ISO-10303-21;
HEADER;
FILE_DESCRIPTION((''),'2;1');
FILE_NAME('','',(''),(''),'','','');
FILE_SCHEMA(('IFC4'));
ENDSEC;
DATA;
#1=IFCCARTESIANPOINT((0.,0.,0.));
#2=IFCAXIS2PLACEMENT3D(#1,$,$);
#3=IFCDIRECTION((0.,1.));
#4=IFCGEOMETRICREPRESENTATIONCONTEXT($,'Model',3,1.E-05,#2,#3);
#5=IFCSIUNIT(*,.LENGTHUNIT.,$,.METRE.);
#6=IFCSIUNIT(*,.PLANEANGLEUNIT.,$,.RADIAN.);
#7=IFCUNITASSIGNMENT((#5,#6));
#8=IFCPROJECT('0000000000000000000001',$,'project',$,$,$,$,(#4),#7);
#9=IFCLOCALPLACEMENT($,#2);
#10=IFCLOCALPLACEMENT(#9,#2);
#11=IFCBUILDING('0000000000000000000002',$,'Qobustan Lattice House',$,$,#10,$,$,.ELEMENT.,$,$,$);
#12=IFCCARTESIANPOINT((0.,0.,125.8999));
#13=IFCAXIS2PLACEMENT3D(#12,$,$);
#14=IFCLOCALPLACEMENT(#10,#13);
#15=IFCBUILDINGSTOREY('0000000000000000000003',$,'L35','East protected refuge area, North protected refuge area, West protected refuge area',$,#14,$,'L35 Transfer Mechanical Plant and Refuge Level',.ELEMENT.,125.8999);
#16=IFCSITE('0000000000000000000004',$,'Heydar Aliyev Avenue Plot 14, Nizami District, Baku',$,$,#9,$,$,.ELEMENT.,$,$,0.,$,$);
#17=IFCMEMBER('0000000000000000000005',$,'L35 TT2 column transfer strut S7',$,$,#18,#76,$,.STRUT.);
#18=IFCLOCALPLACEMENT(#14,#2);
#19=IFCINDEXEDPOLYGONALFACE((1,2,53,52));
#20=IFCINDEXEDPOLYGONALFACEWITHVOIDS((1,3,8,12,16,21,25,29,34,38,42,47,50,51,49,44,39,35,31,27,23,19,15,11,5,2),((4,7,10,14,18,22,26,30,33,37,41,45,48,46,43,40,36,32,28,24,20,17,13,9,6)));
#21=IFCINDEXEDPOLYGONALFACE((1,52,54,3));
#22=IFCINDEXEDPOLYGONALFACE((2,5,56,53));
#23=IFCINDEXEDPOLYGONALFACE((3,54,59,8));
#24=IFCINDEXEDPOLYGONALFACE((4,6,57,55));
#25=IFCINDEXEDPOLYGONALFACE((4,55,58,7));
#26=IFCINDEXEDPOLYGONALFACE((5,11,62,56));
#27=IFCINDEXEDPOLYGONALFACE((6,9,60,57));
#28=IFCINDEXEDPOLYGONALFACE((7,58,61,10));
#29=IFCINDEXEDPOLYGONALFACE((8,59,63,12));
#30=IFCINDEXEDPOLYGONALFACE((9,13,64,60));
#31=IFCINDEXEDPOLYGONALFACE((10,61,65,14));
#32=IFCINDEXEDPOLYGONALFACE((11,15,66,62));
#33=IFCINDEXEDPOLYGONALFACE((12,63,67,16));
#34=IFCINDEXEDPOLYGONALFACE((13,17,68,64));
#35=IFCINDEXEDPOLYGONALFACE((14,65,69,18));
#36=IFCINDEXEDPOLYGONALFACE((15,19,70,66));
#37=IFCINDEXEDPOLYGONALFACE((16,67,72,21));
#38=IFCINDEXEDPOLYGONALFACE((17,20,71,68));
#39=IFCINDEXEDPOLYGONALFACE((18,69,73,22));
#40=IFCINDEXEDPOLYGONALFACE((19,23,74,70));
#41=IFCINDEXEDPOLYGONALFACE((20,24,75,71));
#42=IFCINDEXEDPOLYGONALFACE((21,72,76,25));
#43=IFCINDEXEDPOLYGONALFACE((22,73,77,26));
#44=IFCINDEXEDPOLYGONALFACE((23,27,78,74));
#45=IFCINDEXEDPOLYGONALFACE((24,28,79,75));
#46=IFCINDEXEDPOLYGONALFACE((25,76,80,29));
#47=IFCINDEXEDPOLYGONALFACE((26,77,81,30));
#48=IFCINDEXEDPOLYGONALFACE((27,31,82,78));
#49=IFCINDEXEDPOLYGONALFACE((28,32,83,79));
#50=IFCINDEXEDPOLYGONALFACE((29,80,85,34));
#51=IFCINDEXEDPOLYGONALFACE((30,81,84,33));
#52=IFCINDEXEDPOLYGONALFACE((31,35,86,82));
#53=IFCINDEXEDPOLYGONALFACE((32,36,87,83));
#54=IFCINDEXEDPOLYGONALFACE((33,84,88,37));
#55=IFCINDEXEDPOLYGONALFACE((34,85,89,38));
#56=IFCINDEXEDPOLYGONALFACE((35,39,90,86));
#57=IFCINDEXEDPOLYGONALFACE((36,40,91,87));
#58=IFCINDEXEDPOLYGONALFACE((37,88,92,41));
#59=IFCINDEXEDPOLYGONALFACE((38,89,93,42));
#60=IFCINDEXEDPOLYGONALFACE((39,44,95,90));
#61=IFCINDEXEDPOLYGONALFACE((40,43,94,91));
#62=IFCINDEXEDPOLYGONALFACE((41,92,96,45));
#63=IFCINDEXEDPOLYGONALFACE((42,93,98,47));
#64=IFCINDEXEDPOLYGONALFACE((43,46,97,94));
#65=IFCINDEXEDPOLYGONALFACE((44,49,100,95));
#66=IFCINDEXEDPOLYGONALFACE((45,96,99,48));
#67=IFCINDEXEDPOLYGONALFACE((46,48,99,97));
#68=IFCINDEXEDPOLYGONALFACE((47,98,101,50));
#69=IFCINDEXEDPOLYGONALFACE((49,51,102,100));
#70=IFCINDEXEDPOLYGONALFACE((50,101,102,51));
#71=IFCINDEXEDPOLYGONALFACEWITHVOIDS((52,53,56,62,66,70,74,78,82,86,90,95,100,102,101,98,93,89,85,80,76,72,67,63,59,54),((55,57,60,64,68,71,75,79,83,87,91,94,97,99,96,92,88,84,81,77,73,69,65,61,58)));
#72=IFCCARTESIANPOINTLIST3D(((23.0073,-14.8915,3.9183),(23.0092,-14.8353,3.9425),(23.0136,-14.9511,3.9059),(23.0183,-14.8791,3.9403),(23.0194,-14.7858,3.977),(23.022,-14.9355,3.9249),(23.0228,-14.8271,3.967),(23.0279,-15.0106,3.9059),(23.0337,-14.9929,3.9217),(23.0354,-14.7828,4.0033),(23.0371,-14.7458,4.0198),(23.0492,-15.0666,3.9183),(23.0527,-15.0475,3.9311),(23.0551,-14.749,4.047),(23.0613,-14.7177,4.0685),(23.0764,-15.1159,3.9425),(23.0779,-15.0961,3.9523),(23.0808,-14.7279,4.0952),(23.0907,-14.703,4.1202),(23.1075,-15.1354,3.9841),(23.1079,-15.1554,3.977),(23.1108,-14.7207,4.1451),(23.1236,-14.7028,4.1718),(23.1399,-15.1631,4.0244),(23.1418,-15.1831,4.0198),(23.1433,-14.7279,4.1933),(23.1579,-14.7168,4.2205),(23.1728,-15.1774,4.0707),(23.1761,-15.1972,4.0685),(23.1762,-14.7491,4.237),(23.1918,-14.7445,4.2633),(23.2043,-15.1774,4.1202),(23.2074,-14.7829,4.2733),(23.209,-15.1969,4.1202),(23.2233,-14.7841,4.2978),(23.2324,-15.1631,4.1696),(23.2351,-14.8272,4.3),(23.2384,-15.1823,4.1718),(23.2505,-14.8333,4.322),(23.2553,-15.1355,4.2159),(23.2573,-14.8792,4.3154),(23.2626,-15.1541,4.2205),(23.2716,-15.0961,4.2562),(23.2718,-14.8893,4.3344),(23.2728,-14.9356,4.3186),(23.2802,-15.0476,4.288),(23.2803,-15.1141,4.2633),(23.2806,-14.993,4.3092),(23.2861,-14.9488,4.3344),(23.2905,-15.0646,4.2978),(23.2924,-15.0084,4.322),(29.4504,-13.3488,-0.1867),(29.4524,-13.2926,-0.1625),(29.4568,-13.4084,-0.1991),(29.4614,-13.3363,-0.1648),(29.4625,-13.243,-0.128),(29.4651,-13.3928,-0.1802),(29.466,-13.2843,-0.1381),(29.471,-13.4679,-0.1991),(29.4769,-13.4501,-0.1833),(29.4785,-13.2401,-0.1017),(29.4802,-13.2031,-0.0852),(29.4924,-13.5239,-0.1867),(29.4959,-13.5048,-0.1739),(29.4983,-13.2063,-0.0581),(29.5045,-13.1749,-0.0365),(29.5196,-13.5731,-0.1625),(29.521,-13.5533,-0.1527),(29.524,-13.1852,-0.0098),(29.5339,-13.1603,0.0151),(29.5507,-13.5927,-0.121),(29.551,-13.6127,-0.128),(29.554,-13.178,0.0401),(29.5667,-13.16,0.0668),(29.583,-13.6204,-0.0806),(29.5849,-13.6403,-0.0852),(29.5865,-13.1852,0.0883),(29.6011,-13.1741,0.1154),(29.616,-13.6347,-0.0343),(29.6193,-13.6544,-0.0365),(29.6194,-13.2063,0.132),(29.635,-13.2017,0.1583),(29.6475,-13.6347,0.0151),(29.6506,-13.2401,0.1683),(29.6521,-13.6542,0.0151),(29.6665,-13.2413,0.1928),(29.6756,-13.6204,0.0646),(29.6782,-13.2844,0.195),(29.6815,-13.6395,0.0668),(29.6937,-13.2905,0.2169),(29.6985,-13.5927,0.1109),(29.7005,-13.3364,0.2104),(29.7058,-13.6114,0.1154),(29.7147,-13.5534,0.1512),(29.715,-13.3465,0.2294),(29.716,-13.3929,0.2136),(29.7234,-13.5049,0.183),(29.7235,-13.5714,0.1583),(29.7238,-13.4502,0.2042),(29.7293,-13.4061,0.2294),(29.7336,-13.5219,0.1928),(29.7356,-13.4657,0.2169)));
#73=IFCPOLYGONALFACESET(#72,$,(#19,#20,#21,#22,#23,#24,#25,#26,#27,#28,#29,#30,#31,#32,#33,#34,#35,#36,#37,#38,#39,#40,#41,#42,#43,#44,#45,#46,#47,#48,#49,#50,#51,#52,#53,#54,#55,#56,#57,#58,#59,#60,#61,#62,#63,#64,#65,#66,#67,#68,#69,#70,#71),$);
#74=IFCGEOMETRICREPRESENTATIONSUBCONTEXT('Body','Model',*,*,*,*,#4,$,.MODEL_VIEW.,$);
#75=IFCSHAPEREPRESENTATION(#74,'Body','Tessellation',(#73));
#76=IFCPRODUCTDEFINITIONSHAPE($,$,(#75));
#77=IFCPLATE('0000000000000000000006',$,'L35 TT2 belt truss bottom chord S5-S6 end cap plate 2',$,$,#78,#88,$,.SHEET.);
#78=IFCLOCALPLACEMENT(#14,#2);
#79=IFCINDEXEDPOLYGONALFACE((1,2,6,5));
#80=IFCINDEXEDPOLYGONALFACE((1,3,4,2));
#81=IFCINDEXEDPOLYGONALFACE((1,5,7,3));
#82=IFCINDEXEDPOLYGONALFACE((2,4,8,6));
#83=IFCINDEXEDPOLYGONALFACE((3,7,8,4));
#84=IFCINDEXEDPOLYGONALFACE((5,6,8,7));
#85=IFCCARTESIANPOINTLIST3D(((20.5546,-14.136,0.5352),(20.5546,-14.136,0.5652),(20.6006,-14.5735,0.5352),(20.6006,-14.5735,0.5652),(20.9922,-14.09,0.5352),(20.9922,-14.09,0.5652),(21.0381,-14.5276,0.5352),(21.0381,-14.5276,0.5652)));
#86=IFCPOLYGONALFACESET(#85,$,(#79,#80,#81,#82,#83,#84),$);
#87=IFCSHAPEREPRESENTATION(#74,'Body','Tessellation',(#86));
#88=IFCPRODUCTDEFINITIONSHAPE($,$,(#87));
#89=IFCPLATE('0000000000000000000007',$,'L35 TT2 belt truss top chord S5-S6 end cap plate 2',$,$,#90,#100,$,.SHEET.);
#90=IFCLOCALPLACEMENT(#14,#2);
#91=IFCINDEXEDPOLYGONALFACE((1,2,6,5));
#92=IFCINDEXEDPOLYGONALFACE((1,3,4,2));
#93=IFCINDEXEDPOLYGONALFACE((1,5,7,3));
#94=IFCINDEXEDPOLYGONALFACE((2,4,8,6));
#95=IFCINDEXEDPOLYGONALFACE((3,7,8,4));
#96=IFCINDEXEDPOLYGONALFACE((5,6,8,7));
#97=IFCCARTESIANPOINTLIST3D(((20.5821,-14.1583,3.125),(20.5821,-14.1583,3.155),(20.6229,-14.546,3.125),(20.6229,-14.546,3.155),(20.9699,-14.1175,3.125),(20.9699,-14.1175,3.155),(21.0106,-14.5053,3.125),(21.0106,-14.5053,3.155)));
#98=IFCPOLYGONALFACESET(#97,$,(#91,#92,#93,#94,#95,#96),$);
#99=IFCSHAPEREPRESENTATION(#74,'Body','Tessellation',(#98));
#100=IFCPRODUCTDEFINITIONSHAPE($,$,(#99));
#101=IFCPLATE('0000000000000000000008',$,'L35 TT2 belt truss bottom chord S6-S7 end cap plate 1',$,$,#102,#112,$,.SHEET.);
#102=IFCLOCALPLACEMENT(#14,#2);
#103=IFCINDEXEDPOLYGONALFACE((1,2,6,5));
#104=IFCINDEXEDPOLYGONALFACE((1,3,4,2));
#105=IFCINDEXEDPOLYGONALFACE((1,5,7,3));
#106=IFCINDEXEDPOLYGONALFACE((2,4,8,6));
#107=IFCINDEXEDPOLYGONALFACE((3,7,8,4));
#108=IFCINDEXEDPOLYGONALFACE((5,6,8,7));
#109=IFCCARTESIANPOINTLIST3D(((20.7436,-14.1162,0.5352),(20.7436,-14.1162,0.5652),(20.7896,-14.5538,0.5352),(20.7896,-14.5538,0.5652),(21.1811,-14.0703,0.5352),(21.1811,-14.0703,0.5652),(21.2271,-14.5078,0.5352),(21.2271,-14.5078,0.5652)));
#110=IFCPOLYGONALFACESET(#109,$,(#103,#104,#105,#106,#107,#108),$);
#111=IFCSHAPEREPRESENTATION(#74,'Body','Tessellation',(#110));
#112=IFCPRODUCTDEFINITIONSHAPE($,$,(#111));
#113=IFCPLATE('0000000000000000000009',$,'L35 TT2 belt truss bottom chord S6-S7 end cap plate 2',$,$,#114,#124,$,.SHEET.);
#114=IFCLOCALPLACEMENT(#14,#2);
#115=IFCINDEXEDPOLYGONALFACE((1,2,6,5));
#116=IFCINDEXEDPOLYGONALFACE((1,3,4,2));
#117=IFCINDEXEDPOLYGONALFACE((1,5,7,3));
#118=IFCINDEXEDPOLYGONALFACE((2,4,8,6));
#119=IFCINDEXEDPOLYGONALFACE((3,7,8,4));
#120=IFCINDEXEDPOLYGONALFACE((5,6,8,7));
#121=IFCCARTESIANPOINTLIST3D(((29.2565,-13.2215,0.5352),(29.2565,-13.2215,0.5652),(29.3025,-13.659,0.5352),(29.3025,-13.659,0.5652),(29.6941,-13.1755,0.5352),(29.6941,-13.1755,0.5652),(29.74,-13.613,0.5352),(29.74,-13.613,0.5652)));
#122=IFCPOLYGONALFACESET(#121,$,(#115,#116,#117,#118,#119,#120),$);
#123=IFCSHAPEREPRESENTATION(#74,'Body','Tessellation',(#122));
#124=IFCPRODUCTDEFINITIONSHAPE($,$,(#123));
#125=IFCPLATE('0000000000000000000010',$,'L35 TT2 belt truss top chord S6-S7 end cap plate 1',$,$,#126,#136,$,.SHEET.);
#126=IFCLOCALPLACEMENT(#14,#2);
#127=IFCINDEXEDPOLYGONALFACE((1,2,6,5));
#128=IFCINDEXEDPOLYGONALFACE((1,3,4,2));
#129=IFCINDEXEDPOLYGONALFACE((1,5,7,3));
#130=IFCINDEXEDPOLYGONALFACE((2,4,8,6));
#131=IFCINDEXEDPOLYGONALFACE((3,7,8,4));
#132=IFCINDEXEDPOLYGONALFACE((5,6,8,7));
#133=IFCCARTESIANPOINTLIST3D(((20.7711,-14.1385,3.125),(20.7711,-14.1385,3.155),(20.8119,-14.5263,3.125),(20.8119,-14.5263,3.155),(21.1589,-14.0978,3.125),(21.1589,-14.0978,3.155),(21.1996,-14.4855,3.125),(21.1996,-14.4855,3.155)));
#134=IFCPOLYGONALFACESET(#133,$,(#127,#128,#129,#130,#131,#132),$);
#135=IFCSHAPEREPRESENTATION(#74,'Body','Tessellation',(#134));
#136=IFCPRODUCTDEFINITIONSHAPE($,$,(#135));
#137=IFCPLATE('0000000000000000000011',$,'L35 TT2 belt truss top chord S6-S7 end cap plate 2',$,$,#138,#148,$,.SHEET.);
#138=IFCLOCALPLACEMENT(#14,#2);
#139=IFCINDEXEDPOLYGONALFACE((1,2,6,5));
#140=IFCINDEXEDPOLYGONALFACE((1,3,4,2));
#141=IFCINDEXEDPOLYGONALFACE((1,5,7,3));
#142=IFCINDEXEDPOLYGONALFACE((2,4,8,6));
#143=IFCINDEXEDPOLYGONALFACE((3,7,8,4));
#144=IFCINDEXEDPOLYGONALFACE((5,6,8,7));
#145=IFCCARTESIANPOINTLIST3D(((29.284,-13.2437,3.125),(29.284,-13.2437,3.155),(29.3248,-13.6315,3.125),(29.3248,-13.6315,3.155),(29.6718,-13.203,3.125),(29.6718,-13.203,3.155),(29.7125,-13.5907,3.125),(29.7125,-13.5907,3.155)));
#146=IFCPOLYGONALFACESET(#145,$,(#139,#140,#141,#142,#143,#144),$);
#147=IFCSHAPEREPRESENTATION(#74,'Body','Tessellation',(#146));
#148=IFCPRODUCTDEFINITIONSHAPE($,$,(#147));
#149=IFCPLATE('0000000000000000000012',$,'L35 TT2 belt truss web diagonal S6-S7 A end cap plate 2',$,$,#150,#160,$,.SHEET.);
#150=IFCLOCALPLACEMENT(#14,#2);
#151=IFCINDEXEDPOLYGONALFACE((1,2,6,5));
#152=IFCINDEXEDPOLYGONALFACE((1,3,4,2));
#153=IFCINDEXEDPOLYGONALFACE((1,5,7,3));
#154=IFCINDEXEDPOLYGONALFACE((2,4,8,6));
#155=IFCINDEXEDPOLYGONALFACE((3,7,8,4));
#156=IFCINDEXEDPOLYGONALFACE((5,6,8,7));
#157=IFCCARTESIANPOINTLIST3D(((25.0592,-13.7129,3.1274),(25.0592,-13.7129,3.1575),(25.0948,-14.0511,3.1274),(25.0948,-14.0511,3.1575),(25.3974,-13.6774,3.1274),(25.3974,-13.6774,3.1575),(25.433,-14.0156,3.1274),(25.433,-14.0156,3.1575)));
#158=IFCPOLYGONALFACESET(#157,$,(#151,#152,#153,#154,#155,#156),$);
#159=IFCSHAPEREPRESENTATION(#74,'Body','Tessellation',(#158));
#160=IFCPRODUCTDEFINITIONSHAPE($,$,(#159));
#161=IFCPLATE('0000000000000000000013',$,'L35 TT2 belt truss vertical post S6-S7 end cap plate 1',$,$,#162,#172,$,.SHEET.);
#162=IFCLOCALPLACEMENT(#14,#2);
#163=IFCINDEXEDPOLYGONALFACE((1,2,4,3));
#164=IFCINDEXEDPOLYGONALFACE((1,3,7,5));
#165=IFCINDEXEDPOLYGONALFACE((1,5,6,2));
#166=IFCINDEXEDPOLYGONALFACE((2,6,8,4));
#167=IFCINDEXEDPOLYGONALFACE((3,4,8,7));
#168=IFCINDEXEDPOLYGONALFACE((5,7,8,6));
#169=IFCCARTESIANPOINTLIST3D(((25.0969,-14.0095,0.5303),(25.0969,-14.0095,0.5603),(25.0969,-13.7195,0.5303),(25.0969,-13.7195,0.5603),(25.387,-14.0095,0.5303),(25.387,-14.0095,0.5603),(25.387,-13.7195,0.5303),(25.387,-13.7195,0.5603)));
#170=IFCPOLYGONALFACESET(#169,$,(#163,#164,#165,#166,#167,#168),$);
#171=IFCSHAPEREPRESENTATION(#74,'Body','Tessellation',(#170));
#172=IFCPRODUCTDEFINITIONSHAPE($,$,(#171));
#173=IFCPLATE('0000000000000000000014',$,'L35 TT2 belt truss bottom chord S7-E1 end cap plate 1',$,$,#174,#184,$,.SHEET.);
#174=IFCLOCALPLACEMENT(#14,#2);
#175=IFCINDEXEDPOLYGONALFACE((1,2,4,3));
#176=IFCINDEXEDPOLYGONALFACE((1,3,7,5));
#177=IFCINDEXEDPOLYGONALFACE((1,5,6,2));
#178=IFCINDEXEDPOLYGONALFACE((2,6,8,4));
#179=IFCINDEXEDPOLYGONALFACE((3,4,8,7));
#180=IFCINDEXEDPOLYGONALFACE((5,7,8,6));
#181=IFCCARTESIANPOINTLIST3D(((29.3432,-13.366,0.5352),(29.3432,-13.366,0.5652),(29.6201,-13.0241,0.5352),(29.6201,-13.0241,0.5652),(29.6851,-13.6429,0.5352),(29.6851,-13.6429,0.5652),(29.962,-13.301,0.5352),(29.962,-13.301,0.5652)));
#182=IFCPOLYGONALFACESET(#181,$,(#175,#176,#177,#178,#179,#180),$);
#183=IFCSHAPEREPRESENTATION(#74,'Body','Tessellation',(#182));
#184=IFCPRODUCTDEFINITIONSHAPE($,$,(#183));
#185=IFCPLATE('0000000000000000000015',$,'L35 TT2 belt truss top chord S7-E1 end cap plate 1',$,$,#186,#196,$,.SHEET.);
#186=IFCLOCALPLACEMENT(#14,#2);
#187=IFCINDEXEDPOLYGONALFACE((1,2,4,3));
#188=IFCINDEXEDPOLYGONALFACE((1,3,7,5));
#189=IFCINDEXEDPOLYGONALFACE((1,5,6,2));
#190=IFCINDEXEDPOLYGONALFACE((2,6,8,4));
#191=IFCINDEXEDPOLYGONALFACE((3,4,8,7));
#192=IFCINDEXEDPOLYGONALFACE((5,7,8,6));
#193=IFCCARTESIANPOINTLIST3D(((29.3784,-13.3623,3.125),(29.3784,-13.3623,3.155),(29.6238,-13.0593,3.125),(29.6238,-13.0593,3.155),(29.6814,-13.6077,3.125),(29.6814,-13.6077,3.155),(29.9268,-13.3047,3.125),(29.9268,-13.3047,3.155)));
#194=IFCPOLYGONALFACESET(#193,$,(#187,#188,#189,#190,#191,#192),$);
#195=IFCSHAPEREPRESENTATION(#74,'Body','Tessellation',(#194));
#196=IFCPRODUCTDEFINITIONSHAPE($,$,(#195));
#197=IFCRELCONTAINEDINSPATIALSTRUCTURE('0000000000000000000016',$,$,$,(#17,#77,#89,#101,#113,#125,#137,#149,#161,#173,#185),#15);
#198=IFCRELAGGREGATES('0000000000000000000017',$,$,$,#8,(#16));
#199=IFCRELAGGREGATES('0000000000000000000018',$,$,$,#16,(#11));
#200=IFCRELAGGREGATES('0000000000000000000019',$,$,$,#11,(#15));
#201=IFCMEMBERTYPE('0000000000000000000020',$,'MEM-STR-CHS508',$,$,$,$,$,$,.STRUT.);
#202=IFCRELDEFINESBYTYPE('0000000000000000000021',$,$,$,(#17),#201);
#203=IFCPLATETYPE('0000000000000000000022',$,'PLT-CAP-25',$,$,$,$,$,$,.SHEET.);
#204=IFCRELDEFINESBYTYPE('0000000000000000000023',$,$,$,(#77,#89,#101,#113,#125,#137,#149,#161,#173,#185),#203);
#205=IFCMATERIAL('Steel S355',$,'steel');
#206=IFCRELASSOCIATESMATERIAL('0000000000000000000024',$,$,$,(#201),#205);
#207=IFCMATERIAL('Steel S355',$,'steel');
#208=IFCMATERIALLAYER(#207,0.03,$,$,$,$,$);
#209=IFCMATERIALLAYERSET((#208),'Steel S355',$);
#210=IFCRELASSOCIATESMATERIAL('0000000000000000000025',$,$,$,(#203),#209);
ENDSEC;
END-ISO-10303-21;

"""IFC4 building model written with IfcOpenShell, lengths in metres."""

from ifc_helpers import new_model, si_unit, direction, frame, origin, origin_2d, place, context, subcontext, project, spatial, rectangle, hollow_circle, extrude, material, layer, layer_set, material_profile, profile_set, type_object, element, save


model = new_model("IFC4")

# Units and contexts
model_context = context("Model", 3, precision=1e-05, world=origin(), true_north=direction((0.0, 1.0)))
body_context = subcontext(model_context, "Body", "Model", "MODEL_VIEW")
ifc_project = project(units=[si_unit("LENGTHUNIT", "METRE"), si_unit("PLANEANGLEUNIT", "RADIAN")], contexts=[model_context])

# Site, building, storey
site_placement = place(None, origin())
site = spatial("IfcSite", under=ifc_project, at=site_placement, Name="Heydar Aliyev Avenue Plot 14, Nizami District, Baku", CompositionType="ELEMENT", RefElevation=0.0)
building_placement = place(site_placement, origin())
building = spatial("IfcBuilding", under=site, at=building_placement, Name="Qobustan Lattice House", CompositionType="ELEMENT")
storey_placement = place(building_placement, frame((0.0, 0.0, 125.8999)))
storey = spatial("IfcBuildingStorey", under=building, at=storey_placement, Name="L35", Description="East protected refuge area, North protected refuge area, West protected refuge area", LongName="L35 Transfer Mechanical Plant and Refuge Level", CompositionType="ELEMENT", Elevation=125.8999)

# Member
ifc_material_1 = material(Name="Steel S355", Category="steel")
ifc_material_profile_1 = material_profile(ifc_material_1, hollow_circle(Radius=0.2539, WallThickness=0.02, at=origin_2d()), Name="CHS508x20")
ifc_profile_set_1 = profile_set([ifc_material_profile_1], Name="Steel S355")
member_type_1 = type_object("IfcMemberType", Name="MEM-STR-CHS508", PredefinedType="STRUT", material=ifc_profile_set_1)
member_1_placement = place(storey_placement, frame((29.593, -13.4072, 0.0151), z_axis=(-0.826689, -0.19794, 0.526693), x_axis=(0.232856, -0.972511, 0.0)))
element("IfcMember", 1, at=member_1_placement, inside=storey, type_object=member_type_1, Name="L35 TT2 column transfer strut S7", PredefinedType="STRUT", context=body_context, shape_type="SweptSolid", body=[
    extrude(hollow_circle(Radius=0.2539, WallThickness=0.02, at=origin_2d()), origin(), (0.0, 0.0, 1.0), 7.7939),
])

# Plates
ifc_material_2 = material(Name="Steel S355", Category="steel")
ifc_layer_1 = layer(ifc_material_2, 0.03)
ifc_layer_set_1 = layer_set([ifc_layer_1], Name="Steel S355")
plate_type = type_object("IfcPlateType", Name="PLT-CAP-25", PredefinedType="SHEET", material=ifc_layer_set_1)
plate_1_placement = place(storey_placement, frame((20.7964, -14.3318, 0.5352), z_axis=(0.0, 0.0, 1.0), x_axis=(0.994524, 0.104511, 0.0)))
element("IfcPlate", 2, at=plate_1_placement, inside=storey, type_object=plate_type, Name="L35 TT2 belt truss bottom chord S5-S6 end cap plate 2", PredefinedType="SHEET", context=body_context, shape_type="SweptSolid", body=[
    extrude(rectangle(XDim=0.4399, YDim=0.4399, at=origin_2d()), origin(), (0.0, 0.0, 1.0), 0.03),
])
plate_2_placement = place(storey_placement, frame((20.7964, -14.3318, 3.125), z_axis=(0.0, 0.0, 1.0), x_axis=(0.994524, 0.104511, 0.0)))
element("IfcPlate", 3, at=plate_2_placement, inside=storey, type_object=plate_type, Name="L35 TT2 belt truss top chord S5-S6 end cap plate 2", PredefinedType="SHEET", context=body_context, shape_type="SweptSolid", body=[
    extrude(rectangle(XDim=0.3899, YDim=0.3899, at=origin_2d()), origin(), (0.0, 0.0, 1.0), 0.03),
])
for number, where, z_axis, x_axis, name in (
    (4, (20.9854, -14.312, 0.5352), (0.0, 0.0, 1.0), (0.994522, 0.104528, 0.0), "L35 TT2 belt truss bottom chord S6-S7 end cap plate 1"),
    (5, (29.4983, -13.4172, 0.5352), (0.0, 0.0, 1.0), (0.994522, 0.104528, 0.0), "L35 TT2 belt truss bottom chord S6-S7 end cap plate 2"),
):
    element("IfcPlate", number, at=place(storey_placement, frame(where, z_axis=z_axis, x_axis=x_axis)), inside=storey, type_object=plate_type, Name=name, PredefinedType="SHEET", context=body_context, shape_type="SweptSolid", body=[
        extrude(rectangle(XDim=0.4399, YDim=0.4399, at=origin_2d()), origin(), (0.0, 0.0, 1.0), 0.03),
    ])
for number, where, z_axis, x_axis, name in (
    (6, (20.9854, -14.312, 3.125), (0.0, 0.0, 1.0), (0.994522, 0.104528, 0.0), "L35 TT2 belt truss top chord S6-S7 end cap plate 1"),
    (7, (29.4983, -13.4172, 3.125), (0.0, 0.0, 1.0), (0.994522, 0.104528, 0.0), "L35 TT2 belt truss top chord S6-S7 end cap plate 2"),
):
    element("IfcPlate", number, at=place(storey_placement, frame(where, z_axis=z_axis, x_axis=x_axis)), inside=storey, type_object=plate_type, Name=name, PredefinedType="SHEET", context=body_context, shape_type="SweptSolid", body=[
        extrude(rectangle(XDim=0.3899, YDim=0.3899, at=origin_2d()), origin(), (0.0, 0.0, 1.0), 0.03),
    ])
plate_3_placement = place(storey_placement, frame((25.2461, -13.8643, 3.1274), z_axis=(0.0, 0.0, 1.0), x_axis=(0.994524, 0.104511, 0.0)))
element("IfcPlate", 8, at=plate_3_placement, inside=storey, type_object=plate_type, Name="L35 TT2 belt truss web diagonal S6-S7 A end cap plate 2", PredefinedType="SHEET", context=body_context, shape_type="SweptSolid", body=[
    extrude(rectangle(XDim=0.3401, YDim=0.3401, at=origin_2d()), origin(), (0.0, 0.0, 1.0), 0.03),
])
plate_4_placement = place(storey_placement, frame((25.2419, -13.8645, 0.5303), z_axis=(0.0, 0.0, 1.0), x_axis=(1.0, 0.0, 0.0)))
element("IfcPlate", 9, at=plate_4_placement, inside=storey, type_object=plate_type, Name="L35 TT2 belt truss vertical post S6-S7 end cap plate 1", PredefinedType="SHEET", context=body_context, shape_type="SweptSolid", body=[
    extrude(rectangle(XDim=0.29, YDim=0.29, at=origin_2d()), origin(), (0.0, 0.0, 1.0), 0.03),
])
plate_5_placement = place(storey_placement, frame((29.6526, -13.3335, 0.5352), z_axis=(0.0, 0.0, 1.0), x_axis=(0.629334, 0.777135, 0.0)))
element("IfcPlate", 10, at=plate_5_placement, inside=storey, type_object=plate_type, Name="L35 TT2 belt truss bottom chord S7-E1 end cap plate 1", PredefinedType="SHEET", context=body_context, shape_type="SweptSolid", body=[
    extrude(rectangle(XDim=0.4399, YDim=0.4399, at=origin_2d()), origin(), (0.0, 0.0, 1.0), 0.03),
])
plate_6_placement = place(storey_placement, frame((29.6526, -13.3335, 3.125), z_axis=(0.0, 0.0, 1.0), x_axis=(0.629334, 0.777135, 0.0)))
element("IfcPlate", 11, at=plate_6_placement, inside=storey, type_object=plate_type, Name="L35 TT2 belt truss top chord S7-E1 end cap plate 1", PredefinedType="SHEET", context=body_context, shape_type="SweptSolid", body=[
    extrude(rectangle(XDim=0.3899, YDim=0.3899, at=origin_2d()), origin(), (0.0, 0.0, 1.0), 0.03),
])

save(model, "model.ifc")
